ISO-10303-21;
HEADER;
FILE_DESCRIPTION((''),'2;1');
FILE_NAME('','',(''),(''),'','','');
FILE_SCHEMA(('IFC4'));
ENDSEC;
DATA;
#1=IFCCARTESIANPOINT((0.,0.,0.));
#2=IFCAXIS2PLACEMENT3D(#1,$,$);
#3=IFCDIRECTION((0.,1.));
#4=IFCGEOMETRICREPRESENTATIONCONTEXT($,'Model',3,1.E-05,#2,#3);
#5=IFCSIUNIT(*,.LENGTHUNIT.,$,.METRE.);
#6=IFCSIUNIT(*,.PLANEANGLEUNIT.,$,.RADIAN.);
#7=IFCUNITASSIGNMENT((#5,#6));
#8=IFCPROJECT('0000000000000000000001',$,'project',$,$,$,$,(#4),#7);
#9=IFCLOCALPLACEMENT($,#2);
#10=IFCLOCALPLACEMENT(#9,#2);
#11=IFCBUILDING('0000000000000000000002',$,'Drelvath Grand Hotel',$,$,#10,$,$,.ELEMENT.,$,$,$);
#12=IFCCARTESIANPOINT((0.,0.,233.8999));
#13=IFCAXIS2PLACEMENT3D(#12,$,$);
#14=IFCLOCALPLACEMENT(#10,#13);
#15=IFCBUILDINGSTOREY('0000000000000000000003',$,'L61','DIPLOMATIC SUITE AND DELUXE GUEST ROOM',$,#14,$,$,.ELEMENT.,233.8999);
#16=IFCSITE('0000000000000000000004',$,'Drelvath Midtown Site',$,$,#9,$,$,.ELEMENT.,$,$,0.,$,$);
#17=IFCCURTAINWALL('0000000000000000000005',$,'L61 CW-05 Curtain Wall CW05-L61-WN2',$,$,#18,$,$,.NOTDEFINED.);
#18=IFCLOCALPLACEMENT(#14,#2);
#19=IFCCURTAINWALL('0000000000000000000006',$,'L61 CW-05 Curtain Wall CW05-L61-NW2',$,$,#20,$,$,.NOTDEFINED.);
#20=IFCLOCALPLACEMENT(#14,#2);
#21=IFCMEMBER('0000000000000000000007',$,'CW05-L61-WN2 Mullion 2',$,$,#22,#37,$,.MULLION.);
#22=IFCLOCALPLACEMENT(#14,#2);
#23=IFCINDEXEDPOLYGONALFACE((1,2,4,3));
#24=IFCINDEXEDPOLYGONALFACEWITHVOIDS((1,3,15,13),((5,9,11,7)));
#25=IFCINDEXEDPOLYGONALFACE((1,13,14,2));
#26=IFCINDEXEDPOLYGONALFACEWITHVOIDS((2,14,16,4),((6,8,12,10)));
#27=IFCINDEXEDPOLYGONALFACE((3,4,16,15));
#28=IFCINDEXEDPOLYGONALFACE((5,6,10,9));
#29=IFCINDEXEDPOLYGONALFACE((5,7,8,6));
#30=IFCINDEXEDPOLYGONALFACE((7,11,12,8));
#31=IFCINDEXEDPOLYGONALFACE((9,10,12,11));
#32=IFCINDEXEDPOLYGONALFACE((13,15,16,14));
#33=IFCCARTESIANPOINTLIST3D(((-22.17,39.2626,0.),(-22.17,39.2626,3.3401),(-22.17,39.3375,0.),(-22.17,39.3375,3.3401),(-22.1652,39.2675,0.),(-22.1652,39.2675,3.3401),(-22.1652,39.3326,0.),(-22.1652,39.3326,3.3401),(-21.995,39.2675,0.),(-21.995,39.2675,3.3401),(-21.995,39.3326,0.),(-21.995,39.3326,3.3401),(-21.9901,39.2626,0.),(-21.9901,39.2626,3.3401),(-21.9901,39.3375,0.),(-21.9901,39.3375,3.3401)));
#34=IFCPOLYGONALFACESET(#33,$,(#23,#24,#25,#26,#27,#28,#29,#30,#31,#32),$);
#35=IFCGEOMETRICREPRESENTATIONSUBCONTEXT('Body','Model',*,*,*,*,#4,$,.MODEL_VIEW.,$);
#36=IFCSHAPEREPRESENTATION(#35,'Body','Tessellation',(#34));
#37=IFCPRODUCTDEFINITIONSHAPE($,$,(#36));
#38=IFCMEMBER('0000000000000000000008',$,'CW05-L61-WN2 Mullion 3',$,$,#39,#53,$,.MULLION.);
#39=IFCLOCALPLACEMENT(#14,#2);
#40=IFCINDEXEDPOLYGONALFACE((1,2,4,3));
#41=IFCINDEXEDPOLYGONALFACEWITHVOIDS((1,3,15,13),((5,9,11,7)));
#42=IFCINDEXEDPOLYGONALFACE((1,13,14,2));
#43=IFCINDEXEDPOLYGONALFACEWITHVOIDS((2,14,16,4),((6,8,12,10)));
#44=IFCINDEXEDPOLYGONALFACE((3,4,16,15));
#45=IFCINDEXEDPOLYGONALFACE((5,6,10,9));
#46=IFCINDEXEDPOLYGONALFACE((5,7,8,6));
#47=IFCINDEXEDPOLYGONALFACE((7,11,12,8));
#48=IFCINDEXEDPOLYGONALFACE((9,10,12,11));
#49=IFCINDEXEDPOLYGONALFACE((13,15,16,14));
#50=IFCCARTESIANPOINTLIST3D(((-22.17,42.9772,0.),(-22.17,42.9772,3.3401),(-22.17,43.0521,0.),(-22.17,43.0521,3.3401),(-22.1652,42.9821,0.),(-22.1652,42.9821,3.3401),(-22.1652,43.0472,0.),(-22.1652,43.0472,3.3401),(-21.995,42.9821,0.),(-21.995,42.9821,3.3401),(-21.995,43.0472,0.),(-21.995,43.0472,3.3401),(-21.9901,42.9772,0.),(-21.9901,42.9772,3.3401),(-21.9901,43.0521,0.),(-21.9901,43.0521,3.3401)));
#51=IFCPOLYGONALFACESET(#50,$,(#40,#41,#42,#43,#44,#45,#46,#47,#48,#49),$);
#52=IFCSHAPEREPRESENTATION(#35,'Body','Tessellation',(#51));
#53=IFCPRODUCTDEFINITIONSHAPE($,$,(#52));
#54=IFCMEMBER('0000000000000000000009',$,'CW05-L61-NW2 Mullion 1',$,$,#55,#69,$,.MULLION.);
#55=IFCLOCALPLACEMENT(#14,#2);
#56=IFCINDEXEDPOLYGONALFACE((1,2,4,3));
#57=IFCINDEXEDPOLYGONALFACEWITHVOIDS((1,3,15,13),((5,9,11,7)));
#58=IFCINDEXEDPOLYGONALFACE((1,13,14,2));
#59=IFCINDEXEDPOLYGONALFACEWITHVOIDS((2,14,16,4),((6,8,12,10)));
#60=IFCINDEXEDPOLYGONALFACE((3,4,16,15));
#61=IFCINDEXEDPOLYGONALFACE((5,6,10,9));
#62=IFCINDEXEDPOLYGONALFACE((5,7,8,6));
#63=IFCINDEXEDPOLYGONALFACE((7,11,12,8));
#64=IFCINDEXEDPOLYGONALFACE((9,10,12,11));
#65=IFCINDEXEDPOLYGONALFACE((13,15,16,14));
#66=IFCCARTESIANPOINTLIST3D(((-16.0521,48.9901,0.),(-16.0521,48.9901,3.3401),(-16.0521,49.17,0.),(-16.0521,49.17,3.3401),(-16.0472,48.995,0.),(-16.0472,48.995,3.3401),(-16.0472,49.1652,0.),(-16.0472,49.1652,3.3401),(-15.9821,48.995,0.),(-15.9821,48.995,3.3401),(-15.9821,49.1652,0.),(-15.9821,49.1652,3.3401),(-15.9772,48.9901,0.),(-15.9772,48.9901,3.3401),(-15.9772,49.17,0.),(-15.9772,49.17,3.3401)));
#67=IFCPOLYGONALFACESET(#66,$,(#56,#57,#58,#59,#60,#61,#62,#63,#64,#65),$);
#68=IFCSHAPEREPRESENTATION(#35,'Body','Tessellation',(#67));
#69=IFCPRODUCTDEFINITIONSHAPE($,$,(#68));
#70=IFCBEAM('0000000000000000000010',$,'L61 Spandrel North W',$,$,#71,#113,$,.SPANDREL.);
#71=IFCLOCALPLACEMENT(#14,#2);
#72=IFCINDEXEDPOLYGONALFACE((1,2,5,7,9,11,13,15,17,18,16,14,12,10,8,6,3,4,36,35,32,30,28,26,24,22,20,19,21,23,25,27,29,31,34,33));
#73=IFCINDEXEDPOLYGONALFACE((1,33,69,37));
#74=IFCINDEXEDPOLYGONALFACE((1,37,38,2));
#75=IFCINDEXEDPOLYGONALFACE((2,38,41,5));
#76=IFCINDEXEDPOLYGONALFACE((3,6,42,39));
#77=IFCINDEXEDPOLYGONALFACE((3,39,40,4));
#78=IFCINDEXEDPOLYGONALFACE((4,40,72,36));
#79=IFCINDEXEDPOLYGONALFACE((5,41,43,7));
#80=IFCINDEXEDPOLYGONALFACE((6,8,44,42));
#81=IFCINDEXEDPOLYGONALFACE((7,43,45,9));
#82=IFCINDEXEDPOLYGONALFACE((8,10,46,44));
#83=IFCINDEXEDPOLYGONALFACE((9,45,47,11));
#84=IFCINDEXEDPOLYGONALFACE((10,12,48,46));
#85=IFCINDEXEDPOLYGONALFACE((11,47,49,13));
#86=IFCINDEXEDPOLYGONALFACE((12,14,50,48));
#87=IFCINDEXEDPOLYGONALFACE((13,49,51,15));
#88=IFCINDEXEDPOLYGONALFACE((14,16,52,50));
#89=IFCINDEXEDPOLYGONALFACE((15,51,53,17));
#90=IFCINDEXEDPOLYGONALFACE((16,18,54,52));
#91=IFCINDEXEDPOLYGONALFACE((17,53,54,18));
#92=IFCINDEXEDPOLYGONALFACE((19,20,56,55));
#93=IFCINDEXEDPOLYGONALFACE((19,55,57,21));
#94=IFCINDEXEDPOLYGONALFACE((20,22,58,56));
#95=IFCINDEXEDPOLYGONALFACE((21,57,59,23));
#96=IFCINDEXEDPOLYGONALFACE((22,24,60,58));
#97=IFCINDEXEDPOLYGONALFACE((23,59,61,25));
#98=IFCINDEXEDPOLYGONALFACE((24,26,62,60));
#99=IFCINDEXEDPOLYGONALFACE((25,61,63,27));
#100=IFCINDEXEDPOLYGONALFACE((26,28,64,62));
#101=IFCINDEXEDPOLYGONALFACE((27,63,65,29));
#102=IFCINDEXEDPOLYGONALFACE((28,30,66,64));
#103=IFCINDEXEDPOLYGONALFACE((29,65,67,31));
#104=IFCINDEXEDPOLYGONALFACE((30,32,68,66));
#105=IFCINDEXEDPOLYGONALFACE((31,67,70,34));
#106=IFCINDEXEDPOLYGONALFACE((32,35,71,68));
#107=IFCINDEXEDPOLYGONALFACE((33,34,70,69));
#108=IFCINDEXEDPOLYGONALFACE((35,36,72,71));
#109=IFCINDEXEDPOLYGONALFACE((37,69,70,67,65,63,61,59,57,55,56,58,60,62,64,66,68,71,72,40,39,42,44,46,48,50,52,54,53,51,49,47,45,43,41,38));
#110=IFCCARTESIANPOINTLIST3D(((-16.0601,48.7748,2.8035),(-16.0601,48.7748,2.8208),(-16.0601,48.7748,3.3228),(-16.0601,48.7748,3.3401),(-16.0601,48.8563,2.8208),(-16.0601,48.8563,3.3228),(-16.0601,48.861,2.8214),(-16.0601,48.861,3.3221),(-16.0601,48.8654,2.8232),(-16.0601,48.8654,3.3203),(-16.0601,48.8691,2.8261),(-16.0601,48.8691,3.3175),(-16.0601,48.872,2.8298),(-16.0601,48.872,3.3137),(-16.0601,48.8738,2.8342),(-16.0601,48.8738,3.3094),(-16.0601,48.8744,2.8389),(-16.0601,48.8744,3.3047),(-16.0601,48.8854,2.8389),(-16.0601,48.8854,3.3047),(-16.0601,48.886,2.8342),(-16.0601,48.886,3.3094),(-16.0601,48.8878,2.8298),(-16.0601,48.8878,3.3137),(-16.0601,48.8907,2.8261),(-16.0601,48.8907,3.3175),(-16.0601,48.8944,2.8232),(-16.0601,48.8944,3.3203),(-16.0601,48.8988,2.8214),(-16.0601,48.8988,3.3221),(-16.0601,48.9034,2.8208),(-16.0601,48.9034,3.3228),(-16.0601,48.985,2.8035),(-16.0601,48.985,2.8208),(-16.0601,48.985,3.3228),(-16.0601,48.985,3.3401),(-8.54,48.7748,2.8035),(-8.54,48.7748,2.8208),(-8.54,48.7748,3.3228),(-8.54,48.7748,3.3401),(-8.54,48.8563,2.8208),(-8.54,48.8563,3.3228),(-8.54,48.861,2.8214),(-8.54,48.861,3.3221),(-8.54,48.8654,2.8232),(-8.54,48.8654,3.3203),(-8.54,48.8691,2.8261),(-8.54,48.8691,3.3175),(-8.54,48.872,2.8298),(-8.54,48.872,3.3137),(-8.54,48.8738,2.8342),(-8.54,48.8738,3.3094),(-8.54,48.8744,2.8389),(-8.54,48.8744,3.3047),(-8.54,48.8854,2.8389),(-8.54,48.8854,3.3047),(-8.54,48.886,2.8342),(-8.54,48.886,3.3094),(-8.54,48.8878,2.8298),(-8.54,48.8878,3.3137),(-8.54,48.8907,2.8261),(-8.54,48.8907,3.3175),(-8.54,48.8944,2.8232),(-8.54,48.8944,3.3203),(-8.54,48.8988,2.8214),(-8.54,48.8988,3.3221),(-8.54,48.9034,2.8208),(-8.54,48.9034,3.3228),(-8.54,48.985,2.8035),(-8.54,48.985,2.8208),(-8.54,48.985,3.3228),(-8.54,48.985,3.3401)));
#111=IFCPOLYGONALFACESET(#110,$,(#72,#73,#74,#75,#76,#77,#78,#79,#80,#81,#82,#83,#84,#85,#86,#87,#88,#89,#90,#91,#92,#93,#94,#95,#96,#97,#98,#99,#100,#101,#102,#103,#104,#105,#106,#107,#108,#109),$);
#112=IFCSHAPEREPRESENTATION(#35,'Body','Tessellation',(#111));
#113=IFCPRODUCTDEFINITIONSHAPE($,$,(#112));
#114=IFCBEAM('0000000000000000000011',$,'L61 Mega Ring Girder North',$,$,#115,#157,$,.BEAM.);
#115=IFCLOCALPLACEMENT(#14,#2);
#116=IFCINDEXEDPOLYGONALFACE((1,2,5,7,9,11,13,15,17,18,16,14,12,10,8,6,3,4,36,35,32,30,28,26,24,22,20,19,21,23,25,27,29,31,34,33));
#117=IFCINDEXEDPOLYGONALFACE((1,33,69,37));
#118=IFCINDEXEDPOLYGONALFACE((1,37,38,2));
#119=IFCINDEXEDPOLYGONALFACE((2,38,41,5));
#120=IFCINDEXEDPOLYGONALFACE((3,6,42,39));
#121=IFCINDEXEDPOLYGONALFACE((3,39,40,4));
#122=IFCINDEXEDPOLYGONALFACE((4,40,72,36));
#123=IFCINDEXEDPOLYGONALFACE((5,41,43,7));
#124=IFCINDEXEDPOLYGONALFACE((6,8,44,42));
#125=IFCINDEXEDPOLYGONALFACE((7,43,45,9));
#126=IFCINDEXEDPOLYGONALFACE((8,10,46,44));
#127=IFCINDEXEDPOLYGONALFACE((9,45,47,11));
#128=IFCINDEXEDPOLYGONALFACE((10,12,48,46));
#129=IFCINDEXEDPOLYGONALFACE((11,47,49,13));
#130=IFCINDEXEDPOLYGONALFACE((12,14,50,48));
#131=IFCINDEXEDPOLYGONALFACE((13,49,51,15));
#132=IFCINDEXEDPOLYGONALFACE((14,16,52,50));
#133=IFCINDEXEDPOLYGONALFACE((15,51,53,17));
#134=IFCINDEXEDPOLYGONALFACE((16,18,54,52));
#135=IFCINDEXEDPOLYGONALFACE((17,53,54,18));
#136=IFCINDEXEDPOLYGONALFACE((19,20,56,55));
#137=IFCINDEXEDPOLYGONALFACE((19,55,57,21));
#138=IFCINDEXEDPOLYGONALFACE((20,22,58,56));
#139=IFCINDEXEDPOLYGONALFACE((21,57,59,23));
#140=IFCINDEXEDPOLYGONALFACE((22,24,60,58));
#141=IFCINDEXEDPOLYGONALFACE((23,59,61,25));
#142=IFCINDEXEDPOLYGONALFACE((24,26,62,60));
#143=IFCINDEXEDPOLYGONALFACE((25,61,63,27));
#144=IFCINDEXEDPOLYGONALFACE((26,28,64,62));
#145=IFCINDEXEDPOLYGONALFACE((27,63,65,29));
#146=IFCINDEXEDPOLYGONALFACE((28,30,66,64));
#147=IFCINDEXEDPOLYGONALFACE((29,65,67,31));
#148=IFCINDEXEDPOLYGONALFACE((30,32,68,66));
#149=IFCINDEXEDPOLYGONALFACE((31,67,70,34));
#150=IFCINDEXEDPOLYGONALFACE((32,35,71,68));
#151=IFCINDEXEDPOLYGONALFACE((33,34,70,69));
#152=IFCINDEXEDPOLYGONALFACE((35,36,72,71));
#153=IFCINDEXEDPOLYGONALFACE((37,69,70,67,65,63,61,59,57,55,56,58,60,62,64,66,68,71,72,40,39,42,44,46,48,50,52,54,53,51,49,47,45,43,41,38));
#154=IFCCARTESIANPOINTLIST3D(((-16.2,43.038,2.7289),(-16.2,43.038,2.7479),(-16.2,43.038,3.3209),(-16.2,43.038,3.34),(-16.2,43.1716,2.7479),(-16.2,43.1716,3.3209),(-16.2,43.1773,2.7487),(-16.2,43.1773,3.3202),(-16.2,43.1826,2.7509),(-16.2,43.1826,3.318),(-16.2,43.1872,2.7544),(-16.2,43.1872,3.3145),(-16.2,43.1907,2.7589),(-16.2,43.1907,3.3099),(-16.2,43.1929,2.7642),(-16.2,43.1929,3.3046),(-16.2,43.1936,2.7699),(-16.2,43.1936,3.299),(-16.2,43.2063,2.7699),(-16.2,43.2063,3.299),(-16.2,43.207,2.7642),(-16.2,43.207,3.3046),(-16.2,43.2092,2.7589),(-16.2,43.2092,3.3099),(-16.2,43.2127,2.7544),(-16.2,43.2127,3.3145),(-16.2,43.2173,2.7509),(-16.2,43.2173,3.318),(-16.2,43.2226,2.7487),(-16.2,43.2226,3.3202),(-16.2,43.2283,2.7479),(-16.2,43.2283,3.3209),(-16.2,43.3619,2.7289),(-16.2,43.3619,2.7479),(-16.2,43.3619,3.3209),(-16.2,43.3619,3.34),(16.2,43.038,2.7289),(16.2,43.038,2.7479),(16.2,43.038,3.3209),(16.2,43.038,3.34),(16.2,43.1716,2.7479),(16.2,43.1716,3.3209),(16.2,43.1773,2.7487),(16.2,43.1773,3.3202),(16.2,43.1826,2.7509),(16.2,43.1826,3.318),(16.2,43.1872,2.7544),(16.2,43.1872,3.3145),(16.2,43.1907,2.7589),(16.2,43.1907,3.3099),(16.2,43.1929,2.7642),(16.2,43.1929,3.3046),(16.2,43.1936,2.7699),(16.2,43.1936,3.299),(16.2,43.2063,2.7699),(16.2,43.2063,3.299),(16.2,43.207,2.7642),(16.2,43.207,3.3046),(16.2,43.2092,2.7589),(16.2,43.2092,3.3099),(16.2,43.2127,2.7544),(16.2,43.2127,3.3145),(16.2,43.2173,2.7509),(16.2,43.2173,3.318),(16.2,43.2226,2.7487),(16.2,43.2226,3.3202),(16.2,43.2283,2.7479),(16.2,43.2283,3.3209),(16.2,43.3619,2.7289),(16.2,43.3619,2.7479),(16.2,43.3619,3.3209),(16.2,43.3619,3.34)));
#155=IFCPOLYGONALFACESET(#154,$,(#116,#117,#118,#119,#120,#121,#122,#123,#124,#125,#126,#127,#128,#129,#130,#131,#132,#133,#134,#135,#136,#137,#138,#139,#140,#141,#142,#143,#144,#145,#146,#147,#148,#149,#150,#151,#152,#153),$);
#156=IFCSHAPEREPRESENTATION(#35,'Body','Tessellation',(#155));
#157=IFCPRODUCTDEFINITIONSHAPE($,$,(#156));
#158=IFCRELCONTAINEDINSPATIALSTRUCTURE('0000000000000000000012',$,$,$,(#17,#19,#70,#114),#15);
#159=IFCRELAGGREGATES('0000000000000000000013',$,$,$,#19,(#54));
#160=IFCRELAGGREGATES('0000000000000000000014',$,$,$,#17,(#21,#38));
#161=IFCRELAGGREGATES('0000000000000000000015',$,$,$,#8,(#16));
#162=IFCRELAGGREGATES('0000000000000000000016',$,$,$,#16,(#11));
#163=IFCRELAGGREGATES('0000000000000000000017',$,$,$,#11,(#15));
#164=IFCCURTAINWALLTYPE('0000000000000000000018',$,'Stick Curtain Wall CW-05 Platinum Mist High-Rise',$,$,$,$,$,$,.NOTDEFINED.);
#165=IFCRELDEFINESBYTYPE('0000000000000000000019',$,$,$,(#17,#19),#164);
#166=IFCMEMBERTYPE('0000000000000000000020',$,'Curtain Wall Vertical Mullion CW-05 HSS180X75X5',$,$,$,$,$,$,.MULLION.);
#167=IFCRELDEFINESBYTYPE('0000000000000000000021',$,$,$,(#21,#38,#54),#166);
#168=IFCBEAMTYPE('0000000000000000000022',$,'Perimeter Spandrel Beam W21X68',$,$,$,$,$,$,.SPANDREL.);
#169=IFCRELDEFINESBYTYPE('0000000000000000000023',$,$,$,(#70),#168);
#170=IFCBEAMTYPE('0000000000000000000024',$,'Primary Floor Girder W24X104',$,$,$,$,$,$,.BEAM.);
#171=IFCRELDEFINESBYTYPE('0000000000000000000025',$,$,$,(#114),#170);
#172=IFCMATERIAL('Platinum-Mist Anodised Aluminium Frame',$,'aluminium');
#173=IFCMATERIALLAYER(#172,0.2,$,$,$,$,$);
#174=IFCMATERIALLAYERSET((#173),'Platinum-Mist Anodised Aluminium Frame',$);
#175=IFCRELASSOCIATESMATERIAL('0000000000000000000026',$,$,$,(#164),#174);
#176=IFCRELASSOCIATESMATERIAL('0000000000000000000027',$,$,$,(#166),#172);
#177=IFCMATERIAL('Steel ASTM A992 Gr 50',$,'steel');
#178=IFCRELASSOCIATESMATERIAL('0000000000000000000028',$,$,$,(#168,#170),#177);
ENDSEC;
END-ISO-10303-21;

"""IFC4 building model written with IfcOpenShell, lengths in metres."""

from ifc_helpers import new_model, si_unit, direction, frame, origin, origin_2d, place, context, subcontext, project, spatial, hollow_rectangle, i_section, extrude, material, layer, layer_set, material_profile, profile_set, type_object, element, aggregate, save


model = new_model("IFC4")

# Units and contexts
model_context = context("Model", 3, precision=1e-05, world=origin(), true_north=direction((0.0, 1.0)))
body_context = subcontext(model_context, "Body", "Model", "MODEL_VIEW")
ifc_project = project(units=[si_unit("LENGTHUNIT", "METRE"), si_unit("PLANEANGLEUNIT", "RADIAN")], contexts=[model_context])

# Site, building, storey
site_placement = place(None, origin())
site = spatial("IfcSite", under=ifc_project, at=site_placement, Name="Drelvath Midtown Site", CompositionType="ELEMENT", RefElevation=0.0)
building_placement = place(site_placement, origin())
building = spatial("IfcBuilding", under=site, at=building_placement, Name="Drelvath Grand Hotel", CompositionType="ELEMENT")
storey_placement = place(building_placement, frame((0.0, 0.0, 233.8999)))
storey = spatial("IfcBuildingStorey", under=building, at=storey_placement, Name="L61", Description="DIPLOMATIC SUITE AND DELUXE GUEST ROOM", CompositionType="ELEMENT", Elevation=233.8999)

# Shared definitions
ifc_material_1 = material(Name="Steel ASTM A992 Gr 50", Category="steel")

# Curtain walls
ifc_material_2 = material(Name="Platinum-Mist Anodised Aluminium Frame", Category="aluminium")
ifc_layer_1 = layer(ifc_material_2, 0.2)
ifc_layer_set_1 = layer_set([ifc_layer_1], Name="Platinum-Mist Anodised Aluminium Frame")
curtain_wall_type = type_object("IfcCurtainWallType", Name="Stick Curtain Wall CW-05 Platinum Mist High-Rise", PredefinedType="NOTDEFINED", material=ifc_layer_set_1)
curtain_wall_1_placement = place(storey_placement, origin())
curtain_wall_1 = element("IfcCurtainWall", 1, at=curtain_wall_1_placement, inside=storey, type_object=curtain_wall_type, Name="L61 CW-05 Curtain Wall CW05-L61-WN2", PredefinedType="NOTDEFINED")
curtain_wall_2_placement = place(storey_placement, origin())
curtain_wall_2 = element("IfcCurtainWall", 2, at=curtain_wall_2_placement, inside=storey, type_object=curtain_wall_type, Name="L61 CW-05 Curtain Wall CW05-L61-NW2", PredefinedType="NOTDEFINED")

# Members
ifc_material_profile_1 = material_profile(ifc_material_2, hollow_rectangle(XDim=0.075, YDim=0.1799, WallThickness=0.0049, at=origin_2d()), Name="HSS180X75X5")
ifc_profile_set_1 = profile_set([ifc_material_profile_1], Name="Platinum-Mist Anodised Aluminium Frame")
member_type_1 = type_object("IfcMemberType", Name="Curtain Wall Vertical Mullion CW-05 HSS180X75X5", PredefinedType="MULLION", material=ifc_profile_set_1)
member_1_placement = place(storey_placement, frame((-22.0801, 39.3, 0.0), z_axis=(0.0, 0.0, 1.0), x_axis=(0.0, 1.0, 0.0)))
member_1 = element("IfcMember", 3, at=member_1_placement, type_object=member_type_1, Name="CW05-L61-WN2 Mullion 2", PredefinedType="MULLION", context=body_context, shape_type="SweptSolid", body=[
    extrude(hollow_rectangle(XDim=0.075, YDim=0.1799, WallThickness=0.0049, at=origin_2d()), origin(), (0.0, 0.0, 1.0), 3.3401),
])
member_2_placement = place(storey_placement, frame((-22.0801, 43.0146, 0.0), z_axis=(0.0, 0.0, 1.0), x_axis=(0.0, 1.0, 0.0)))
member_2 = element("IfcMember", 4, at=member_2_placement, type_object=member_type_1, Name="CW05-L61-WN2 Mullion 3", PredefinedType="MULLION", context=body_context, shape_type="SweptSolid", body=[
    extrude(hollow_rectangle(XDim=0.075, YDim=0.1799, WallThickness=0.0049, at=origin_2d()), origin(), (0.0, 0.0, 1.0), 3.3401),
])
member_3_placement = place(storey_placement, frame((-16.0146, 49.0801, 0.0), z_axis=(0.0, 0.0, 1.0), x_axis=(1.0, 0.0, 0.0)))
member_3 = element("IfcMember", 5, at=member_3_placement, type_object=member_type_1, Name="CW05-L61-NW2 Mullion 1", PredefinedType="MULLION", context=body_context, shape_type="SweptSolid", body=[
    extrude(hollow_rectangle(XDim=0.075, YDim=0.1799, WallThickness=0.0049, at=origin_2d()), origin(), (0.0, 0.0, 1.0), 3.3401),
])
aggregate(curtain_wall_2, [member_3])

# Beams
ifc_material_profile_2 = material_profile(ifc_material_1, i_section(OverallWidth=0.2102, OverallDepth=0.5366, WebThickness=0.011, FlangeThickness=0.0173, FilletRadius=0.0181, at=origin_2d()), Name="W21X68")
ifc_profile_set_2 = profile_set([ifc_material_profile_2], Name="Steel ASTM A992 Gr 50")
beam_type_1 = type_object("IfcBeamType", Name="Perimeter Spandrel Beam W21X68", PredefinedType="SPANDREL", material=ifc_profile_set_2)
beam_1_placement = place(storey_placement, frame((-16.0601, 48.8799, 3.0718), z_axis=(1.0, 0.0, 0.0), x_axis=(0.0, 1.0, 0.0)))
element("IfcBeam", 6, at=beam_1_placement, inside=storey, type_object=beam_type_1, Name="L61 Spandrel North W", PredefinedType="SPANDREL", context=body_context, shape_type="SweptSolid", body=[
    extrude(i_section(OverallWidth=0.2102, OverallDepth=0.5366, WebThickness=0.011, FlangeThickness=0.0173, FilletRadius=0.0181, at=origin_2d()), origin(), (0.0, 0.0, 1.0), 7.52),
])
ifc_material_profile_3 = material_profile(ifc_material_1, i_section(OverallWidth=0.324, OverallDepth=0.6111, WebThickness=0.0127, FlangeThickness=0.019, FilletRadius=0.022, at=origin_2d()), Name="W24X104")
ifc_profile_set_3 = profile_set([ifc_material_profile_3], Name="Steel ASTM A992 Gr 50")
beam_type_2 = type_object("IfcBeamType", Name="Primary Floor Girder W24X104", PredefinedType="BEAM", material=ifc_profile_set_3)
beam_2_placement = place(storey_placement, frame((-16.2, 43.2, 3.0344), z_axis=(1.0, 0.0, 0.0), x_axis=(0.0, 1.0, 0.0)))
element("IfcBeam", 7, at=beam_2_placement, inside=storey, type_object=beam_type_2, Name="L61 Mega Ring Girder North", PredefinedType="BEAM", context=body_context, shape_type="SweptSolid", body=[
    extrude(i_section(OverallWidth=0.324, OverallDepth=0.6111, WebThickness=0.0127, FlangeThickness=0.019, FilletRadius=0.022, at=origin_2d()), origin(), (0.0, 0.0, 1.0), 32.3999),
])

aggregate(curtain_wall_1, [member_1, member_2])

save(model, "model.ifc")
